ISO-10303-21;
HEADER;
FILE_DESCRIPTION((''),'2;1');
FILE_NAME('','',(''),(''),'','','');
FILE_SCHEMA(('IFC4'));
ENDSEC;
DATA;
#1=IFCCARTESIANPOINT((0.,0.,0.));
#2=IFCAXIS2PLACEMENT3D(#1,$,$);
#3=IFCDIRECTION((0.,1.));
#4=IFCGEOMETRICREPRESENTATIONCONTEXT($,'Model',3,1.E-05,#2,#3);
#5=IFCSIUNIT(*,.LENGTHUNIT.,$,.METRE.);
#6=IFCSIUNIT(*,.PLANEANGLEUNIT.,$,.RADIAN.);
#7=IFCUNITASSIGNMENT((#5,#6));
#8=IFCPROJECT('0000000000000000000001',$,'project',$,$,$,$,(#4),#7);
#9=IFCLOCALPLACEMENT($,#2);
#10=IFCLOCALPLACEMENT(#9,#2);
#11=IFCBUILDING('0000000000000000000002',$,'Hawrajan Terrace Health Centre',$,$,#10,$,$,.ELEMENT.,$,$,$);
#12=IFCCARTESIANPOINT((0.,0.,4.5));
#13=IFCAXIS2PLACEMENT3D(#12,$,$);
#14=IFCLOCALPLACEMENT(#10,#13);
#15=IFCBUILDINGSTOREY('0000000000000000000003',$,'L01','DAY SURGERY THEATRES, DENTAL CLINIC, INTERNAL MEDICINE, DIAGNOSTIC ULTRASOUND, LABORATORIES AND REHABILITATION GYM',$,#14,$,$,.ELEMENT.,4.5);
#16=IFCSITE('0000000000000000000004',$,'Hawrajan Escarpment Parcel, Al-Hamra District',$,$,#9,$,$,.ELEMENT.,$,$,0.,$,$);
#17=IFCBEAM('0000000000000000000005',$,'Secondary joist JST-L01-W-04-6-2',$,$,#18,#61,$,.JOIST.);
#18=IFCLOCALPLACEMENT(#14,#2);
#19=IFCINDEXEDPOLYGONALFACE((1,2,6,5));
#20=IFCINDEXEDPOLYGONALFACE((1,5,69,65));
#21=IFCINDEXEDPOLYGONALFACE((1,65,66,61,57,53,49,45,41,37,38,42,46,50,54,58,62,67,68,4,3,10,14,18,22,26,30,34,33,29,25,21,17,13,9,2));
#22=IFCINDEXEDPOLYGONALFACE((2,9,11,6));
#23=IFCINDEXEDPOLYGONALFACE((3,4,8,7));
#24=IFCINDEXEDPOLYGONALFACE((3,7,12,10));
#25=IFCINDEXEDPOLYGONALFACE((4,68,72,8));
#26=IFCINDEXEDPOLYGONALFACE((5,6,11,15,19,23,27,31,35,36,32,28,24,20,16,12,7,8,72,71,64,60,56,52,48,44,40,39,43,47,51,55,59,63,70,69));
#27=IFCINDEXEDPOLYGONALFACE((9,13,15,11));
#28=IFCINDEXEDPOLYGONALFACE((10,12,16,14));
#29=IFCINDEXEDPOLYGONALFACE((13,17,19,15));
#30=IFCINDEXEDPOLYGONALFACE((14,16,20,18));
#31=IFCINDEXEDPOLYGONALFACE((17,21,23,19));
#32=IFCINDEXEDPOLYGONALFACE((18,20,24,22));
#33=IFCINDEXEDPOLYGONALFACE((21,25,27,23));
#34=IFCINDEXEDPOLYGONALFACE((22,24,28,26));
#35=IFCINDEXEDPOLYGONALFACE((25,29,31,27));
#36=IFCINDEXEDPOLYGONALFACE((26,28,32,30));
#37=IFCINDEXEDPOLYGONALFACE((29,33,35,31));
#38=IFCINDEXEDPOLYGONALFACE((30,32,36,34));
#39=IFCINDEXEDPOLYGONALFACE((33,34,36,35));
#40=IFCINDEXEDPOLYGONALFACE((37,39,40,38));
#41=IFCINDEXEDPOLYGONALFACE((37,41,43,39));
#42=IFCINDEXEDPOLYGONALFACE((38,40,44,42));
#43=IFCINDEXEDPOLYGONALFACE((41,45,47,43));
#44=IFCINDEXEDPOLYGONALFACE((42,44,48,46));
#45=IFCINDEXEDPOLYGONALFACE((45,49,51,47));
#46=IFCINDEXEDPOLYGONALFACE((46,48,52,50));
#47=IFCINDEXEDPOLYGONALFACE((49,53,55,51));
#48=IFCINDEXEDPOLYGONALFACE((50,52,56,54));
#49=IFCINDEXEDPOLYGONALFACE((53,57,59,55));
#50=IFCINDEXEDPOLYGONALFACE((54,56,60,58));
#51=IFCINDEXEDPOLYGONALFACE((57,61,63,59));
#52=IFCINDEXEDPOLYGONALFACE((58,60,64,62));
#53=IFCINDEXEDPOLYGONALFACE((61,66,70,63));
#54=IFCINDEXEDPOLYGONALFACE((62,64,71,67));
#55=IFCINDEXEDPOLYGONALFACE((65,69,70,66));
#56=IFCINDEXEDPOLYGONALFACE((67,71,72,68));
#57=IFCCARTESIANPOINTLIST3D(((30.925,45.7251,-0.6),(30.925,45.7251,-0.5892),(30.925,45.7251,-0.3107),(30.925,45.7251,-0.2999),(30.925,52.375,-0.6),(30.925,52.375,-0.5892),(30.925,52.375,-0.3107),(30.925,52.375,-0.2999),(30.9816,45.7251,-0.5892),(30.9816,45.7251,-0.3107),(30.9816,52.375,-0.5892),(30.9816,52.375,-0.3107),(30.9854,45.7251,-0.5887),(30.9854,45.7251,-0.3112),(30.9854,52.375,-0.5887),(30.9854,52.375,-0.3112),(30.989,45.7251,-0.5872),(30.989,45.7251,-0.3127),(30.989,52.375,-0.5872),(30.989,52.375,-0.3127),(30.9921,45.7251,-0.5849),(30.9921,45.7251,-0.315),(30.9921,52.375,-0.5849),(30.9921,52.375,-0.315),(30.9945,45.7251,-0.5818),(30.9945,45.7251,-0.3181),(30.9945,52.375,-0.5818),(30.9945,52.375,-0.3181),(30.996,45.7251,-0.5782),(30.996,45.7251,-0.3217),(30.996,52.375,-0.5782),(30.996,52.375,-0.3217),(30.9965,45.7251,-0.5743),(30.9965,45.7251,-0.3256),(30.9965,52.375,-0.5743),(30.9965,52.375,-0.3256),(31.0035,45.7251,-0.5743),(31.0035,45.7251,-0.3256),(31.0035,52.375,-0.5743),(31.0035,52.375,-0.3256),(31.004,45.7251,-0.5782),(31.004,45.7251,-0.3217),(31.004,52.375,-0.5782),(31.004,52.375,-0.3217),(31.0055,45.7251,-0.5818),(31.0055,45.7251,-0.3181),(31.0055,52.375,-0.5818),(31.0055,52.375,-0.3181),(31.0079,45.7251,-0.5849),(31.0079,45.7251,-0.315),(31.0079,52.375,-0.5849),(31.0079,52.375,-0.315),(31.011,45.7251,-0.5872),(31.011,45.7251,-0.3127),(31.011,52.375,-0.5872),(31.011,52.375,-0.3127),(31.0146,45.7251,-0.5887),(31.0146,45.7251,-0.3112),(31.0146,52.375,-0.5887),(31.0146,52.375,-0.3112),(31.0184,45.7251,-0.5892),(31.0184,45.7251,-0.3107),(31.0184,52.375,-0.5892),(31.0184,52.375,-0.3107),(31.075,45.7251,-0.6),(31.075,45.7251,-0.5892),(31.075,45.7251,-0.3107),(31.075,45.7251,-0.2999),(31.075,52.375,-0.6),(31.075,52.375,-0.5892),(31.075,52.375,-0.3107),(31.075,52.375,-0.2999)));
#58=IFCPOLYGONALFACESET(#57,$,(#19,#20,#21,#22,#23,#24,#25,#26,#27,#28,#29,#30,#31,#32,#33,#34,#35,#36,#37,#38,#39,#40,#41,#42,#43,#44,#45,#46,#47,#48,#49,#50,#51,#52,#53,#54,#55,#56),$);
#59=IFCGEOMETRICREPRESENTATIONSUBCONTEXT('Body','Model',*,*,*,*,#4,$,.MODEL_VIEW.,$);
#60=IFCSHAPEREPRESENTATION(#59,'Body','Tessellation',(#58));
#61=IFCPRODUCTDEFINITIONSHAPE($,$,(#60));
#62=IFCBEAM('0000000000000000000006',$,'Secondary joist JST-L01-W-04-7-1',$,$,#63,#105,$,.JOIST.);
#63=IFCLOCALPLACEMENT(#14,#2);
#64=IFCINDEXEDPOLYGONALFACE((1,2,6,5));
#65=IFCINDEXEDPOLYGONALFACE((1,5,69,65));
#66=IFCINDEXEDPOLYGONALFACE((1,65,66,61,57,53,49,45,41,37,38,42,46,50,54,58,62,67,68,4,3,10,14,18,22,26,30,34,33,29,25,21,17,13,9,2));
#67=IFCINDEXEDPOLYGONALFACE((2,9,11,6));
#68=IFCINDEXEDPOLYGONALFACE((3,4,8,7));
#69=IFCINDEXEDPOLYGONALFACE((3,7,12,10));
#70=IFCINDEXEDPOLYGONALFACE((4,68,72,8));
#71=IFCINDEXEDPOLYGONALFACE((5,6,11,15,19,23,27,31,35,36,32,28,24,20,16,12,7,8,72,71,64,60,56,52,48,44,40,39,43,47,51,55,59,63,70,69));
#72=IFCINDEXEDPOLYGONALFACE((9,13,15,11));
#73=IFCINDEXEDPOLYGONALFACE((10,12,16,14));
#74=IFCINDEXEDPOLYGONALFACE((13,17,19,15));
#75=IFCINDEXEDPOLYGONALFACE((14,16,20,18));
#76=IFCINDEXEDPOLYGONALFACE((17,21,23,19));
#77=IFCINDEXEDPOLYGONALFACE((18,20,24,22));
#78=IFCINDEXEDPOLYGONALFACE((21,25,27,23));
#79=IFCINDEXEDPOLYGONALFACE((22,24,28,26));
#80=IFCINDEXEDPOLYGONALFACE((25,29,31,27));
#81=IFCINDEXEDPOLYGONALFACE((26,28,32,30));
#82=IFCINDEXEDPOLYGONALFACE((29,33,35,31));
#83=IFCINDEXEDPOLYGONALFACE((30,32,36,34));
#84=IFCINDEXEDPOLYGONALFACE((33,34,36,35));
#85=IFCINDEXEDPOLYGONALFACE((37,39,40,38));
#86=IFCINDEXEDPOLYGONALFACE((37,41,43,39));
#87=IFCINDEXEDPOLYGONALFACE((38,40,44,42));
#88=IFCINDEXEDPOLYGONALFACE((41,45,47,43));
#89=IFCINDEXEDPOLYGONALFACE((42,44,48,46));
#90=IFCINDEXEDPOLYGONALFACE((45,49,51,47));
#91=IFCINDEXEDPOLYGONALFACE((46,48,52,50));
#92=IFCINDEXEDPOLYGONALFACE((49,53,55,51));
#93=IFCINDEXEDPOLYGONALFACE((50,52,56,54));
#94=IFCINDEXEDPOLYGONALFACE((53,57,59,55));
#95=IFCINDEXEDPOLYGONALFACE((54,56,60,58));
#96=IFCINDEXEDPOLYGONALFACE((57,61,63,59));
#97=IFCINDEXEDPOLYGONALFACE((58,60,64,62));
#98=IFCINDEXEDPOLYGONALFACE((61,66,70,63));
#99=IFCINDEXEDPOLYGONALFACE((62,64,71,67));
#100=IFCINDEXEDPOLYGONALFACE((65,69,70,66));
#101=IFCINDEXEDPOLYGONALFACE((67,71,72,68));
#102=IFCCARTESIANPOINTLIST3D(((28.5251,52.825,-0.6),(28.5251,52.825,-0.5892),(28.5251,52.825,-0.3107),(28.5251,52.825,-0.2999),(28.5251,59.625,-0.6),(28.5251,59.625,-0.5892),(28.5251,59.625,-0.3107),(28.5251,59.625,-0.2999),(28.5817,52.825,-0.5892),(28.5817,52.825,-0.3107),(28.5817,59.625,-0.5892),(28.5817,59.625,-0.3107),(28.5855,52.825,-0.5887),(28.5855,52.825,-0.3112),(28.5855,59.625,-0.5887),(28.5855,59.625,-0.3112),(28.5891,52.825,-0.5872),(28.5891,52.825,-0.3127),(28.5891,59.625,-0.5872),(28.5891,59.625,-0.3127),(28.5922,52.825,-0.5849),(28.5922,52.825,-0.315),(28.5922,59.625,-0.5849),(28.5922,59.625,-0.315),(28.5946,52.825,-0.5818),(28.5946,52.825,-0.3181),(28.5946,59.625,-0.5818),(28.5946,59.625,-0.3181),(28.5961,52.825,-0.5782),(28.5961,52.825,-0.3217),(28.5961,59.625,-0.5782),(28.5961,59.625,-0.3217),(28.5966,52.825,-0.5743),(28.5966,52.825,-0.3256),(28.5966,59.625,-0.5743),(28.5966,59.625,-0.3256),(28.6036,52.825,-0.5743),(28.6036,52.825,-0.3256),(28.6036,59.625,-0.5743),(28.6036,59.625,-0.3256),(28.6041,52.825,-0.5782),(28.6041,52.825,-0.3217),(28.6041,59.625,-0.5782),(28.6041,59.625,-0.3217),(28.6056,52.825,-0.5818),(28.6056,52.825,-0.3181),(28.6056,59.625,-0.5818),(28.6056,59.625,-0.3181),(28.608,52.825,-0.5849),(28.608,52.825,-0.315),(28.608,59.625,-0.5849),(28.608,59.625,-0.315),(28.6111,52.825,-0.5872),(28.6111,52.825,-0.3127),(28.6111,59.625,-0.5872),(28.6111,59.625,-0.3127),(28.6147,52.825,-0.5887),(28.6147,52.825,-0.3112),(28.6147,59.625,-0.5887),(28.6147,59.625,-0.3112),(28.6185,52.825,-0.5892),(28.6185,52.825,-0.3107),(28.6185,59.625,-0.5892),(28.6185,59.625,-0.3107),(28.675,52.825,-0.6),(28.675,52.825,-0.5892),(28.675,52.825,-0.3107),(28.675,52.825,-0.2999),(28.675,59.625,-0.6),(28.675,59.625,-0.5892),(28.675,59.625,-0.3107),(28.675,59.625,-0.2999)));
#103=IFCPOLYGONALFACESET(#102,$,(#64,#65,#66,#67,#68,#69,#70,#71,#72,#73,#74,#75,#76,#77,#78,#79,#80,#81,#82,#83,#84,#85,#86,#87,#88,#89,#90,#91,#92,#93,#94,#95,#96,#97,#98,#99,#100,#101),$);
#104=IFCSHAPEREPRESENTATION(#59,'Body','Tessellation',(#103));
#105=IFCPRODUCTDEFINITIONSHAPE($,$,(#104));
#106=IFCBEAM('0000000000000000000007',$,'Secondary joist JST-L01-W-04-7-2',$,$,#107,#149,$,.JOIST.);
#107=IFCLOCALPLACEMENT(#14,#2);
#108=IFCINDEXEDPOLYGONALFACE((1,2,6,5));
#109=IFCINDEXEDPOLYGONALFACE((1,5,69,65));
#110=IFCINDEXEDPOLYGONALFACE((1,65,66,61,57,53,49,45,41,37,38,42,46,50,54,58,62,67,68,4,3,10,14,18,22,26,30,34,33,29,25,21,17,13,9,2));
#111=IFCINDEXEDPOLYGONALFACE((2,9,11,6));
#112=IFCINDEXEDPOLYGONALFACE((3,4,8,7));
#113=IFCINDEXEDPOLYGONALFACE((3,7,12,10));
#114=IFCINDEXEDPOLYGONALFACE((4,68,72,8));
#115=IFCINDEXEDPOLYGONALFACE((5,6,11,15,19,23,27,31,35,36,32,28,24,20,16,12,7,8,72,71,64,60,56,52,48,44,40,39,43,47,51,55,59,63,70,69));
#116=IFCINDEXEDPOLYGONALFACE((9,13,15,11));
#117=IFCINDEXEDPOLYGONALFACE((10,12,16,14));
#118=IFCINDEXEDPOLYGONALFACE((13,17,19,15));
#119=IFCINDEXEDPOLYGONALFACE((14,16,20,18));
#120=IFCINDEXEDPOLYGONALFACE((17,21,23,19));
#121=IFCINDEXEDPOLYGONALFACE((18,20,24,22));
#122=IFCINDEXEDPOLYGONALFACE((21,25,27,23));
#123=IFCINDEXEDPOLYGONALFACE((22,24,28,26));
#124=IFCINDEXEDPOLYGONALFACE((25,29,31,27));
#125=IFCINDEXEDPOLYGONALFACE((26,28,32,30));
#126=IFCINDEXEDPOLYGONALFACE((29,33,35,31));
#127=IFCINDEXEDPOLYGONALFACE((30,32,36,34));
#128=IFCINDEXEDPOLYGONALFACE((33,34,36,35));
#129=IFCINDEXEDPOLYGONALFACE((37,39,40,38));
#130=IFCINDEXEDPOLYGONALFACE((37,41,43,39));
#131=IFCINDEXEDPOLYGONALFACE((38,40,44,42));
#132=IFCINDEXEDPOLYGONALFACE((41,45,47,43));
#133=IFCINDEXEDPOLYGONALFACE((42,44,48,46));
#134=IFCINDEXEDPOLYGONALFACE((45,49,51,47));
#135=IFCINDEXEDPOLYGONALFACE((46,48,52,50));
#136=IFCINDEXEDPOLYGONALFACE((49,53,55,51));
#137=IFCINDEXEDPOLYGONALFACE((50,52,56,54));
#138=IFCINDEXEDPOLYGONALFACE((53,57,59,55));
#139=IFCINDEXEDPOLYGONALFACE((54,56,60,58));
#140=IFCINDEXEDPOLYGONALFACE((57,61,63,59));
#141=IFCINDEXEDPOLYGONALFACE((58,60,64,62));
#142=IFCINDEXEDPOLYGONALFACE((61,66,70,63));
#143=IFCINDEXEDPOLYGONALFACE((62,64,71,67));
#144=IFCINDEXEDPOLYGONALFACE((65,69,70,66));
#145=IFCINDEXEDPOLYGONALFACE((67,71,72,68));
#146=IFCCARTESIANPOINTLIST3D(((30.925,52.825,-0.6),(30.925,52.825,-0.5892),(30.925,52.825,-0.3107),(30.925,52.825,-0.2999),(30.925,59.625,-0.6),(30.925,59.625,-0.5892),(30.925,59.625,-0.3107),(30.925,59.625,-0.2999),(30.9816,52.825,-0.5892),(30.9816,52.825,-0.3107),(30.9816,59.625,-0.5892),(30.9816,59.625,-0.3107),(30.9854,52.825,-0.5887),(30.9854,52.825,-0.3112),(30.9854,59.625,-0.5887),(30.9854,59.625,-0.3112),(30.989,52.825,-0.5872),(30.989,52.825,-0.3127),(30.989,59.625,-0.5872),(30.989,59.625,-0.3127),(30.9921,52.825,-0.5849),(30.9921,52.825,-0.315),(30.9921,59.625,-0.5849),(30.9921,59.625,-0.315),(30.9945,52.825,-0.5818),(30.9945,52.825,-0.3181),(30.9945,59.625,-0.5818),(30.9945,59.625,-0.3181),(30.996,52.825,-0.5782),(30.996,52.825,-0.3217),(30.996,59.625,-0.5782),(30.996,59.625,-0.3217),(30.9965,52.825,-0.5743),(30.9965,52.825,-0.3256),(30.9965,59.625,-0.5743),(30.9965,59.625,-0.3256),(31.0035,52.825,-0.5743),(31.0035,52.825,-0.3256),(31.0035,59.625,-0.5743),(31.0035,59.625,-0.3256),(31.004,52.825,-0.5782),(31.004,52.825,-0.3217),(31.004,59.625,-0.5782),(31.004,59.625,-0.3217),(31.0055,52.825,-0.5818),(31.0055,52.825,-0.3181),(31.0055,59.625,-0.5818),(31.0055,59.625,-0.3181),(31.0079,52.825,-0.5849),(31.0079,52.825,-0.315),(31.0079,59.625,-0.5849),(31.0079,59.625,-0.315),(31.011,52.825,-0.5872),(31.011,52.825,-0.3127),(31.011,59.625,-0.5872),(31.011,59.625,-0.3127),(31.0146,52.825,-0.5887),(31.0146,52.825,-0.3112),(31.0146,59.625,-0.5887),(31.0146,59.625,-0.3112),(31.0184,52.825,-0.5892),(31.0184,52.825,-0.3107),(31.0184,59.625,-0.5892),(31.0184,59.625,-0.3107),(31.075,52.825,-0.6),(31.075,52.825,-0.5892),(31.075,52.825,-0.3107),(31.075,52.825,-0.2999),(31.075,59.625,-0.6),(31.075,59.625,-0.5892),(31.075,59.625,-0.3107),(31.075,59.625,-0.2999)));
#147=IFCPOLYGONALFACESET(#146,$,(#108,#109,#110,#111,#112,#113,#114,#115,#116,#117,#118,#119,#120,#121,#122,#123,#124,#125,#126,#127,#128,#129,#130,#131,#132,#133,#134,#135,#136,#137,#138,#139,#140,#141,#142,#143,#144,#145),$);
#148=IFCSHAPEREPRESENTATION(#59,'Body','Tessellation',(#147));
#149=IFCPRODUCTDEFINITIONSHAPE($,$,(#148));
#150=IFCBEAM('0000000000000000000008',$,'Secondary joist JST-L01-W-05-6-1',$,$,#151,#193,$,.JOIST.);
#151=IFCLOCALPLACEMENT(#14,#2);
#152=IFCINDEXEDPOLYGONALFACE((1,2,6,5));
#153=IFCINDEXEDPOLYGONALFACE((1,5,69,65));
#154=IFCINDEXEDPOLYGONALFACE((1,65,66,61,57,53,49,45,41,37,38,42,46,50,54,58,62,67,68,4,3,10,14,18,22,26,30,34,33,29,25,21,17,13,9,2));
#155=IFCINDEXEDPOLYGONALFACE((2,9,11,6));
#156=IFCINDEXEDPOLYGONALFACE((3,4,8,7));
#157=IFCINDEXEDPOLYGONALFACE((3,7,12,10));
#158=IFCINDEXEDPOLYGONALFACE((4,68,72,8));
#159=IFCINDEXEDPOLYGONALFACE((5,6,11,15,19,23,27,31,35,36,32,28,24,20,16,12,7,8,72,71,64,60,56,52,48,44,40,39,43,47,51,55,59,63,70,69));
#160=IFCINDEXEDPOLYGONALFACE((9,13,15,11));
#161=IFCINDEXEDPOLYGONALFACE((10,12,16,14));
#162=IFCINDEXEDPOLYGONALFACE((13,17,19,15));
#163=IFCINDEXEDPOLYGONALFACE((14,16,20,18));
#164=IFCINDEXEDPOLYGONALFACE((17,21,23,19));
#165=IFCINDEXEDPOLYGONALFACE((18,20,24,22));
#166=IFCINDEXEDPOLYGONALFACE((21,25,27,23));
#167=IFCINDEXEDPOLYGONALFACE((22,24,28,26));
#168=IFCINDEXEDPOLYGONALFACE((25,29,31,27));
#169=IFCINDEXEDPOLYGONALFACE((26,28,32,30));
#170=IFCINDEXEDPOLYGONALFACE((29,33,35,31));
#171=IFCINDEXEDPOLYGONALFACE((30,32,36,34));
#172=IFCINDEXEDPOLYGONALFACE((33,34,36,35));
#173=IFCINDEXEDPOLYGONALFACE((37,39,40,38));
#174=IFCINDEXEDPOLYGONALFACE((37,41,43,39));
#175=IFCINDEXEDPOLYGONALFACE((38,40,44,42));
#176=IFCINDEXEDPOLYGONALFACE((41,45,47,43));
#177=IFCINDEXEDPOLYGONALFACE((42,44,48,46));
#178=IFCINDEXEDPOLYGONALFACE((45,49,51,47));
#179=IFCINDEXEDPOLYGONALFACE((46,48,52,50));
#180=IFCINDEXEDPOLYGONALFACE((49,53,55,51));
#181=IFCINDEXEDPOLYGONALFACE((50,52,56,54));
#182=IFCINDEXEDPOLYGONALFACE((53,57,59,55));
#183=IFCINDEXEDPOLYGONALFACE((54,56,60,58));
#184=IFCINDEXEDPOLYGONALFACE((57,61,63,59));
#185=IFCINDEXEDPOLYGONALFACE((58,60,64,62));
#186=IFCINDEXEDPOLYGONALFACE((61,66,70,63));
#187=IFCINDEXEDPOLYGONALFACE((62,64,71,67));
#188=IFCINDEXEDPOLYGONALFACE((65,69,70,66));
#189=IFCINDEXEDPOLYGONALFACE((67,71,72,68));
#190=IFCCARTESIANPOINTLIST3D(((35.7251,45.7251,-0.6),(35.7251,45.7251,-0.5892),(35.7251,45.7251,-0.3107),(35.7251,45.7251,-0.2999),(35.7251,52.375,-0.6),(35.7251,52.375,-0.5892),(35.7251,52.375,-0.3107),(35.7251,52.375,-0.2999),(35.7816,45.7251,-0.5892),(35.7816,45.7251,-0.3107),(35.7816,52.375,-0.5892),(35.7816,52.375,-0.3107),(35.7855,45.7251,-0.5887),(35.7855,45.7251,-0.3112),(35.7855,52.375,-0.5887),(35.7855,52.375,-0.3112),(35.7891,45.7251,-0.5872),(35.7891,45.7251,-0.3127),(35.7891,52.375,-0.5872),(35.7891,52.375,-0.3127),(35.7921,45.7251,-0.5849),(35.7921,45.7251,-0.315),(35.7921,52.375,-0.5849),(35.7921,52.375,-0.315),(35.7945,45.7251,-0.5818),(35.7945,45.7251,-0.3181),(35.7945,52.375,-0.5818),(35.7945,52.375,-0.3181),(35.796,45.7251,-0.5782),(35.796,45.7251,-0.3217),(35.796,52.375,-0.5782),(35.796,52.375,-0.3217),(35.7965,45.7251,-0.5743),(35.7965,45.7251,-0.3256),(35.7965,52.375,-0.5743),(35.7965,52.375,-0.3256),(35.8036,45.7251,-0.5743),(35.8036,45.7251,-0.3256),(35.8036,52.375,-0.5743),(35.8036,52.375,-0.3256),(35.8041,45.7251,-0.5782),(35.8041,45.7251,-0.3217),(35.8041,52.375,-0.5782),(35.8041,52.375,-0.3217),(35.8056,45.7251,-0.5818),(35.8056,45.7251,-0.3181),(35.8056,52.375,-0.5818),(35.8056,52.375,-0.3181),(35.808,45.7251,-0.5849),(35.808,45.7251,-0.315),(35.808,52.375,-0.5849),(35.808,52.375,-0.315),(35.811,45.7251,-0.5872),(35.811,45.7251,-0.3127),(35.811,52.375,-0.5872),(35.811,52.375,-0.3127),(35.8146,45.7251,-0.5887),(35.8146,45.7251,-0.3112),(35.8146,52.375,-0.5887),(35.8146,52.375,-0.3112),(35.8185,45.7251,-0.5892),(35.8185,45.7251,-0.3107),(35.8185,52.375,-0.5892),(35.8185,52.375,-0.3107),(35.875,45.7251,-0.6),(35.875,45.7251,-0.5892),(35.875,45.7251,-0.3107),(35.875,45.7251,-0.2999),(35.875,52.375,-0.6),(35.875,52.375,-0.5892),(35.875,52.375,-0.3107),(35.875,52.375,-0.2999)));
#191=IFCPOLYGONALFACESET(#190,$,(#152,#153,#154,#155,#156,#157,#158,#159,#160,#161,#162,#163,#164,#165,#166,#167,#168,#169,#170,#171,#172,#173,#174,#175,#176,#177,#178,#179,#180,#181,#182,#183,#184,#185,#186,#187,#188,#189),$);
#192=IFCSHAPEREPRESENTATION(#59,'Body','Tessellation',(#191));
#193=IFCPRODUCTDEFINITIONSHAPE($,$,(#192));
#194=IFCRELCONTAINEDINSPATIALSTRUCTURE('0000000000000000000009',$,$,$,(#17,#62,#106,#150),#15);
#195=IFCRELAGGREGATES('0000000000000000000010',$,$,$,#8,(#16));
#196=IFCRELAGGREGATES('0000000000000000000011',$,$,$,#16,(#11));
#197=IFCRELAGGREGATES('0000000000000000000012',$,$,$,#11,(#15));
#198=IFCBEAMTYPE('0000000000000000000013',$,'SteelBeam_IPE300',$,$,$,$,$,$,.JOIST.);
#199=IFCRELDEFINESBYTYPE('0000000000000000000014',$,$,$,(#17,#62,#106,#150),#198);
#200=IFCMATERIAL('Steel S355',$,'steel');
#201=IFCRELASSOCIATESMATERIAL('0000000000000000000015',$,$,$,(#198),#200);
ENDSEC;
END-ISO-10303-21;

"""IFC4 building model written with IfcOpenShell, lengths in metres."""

from ifc_helpers import new_model, si_unit, direction, frame, origin, origin_2d, place, context, subcontext, project, spatial, i_section, extrude, material, material_profile, profile_set, type_object, element, save


model = new_model("IFC4")

# Units and contexts
model_context = context("Model", 3, precision=1e-05, world=origin(), true_north=direction((0.0, 1.0)))
body_context = subcontext(model_context, "Body", "Model", "MODEL_VIEW")
ifc_project = project(units=[si_unit("LENGTHUNIT", "METRE"), si_unit("PLANEANGLEUNIT", "RADIAN")], contexts=[model_context])

# Site, building, storey
site_placement = place(None, origin())
site = spatial("IfcSite", under=ifc_project, at=site_placement, Name="Hawrajan Escarpment Parcel, Al-Hamra District", CompositionType="ELEMENT", RefElevation=0.0)
building_placement = place(site_placement, origin())
building = spatial("IfcBuilding", under=site, at=building_placement, Name="Hawrajan Terrace Health Centre", CompositionType="ELEMENT")
storey_placement = place(building_placement, frame((0.0, 0.0, 4.5)))
storey = spatial("IfcBuildingStorey", under=building, at=storey_placement, Name="L01", Description="DAY SURGERY THEATRES, DENTAL CLINIC, INTERNAL MEDICINE, DIAGNOSTIC ULTRASOUND, LABORATORIES AND REHABILITATION GYM", CompositionType="ELEMENT", Elevation=4.5)

# Beams
ifc_material_1 = material(Name="Steel S355", Category="steel")
ifc_material_profile_1 = material_profile(ifc_material_1, i_section(OverallWidth=0.1499, OverallDepth=0.3, WebThickness=0.0071, FlangeThickness=0.0107, FilletRadius=0.0149, at=origin_2d()), Name="IPE 300")
ifc_profile_set_1 = profile_set([ifc_material_profile_1], Name="Steel S355")
beam_type_1 = type_object("IfcBeamType", Name="SteelBeam_IPE300", PredefinedType="JOIST", material=ifc_profile_set_1)
for number, where, z_axis, x_axis, name in (
    (1, (31.0, 45.7251, -0.45), (0.0, 1.0, 0.0), (-1.0, 0.0, 0.0), "Secondary joist JST-L01-W-04-6-2"),
):
    element("IfcBeam", number, at=place(storey_placement, frame(where, z_axis=z_axis, x_axis=x_axis)), inside=storey, type_object=beam_type_1, Name=name, PredefinedType="JOIST", context=body_context, shape_type="SweptSolid", body=[
        extrude(i_section(OverallWidth=0.1499, OverallDepth=0.3, WebThickness=0.0071, FlangeThickness=0.0107, FilletRadius=0.0149, at=origin_2d()), origin(), (0.0, 0.0, 1.0), 6.6499),
    ])
for number, where, z_axis, x_axis, name in (
    (2, (28.6001, 52.825, -0.45), (0.0, 1.0, 0.0), (-1.0, 0.0, 0.0), "Secondary joist JST-L01-W-04-7-1"),
    (3, (31.0, 52.825, -0.45), (0.0, 1.0, 0.0), (-1.0, 0.0, 0.0), "Secondary joist JST-L01-W-04-7-2"),
):
    element("IfcBeam", number, at=place(storey_placement, frame(where, z_axis=z_axis, x_axis=x_axis)), inside=storey, type_object=beam_type_1, Name=name, PredefinedType="JOIST", context=body_context, shape_type="SweptSolid", body=[
        extrude(i_section(OverallWidth=0.1499, OverallDepth=0.3, WebThickness=0.0071, FlangeThickness=0.0107, FilletRadius=0.0149, at=origin_2d()), origin(), (0.0, 0.0, 1.0), 6.8),
    ])
for number, where, z_axis, x_axis, name in (
    (4, (35.8, 45.7251, -0.45), (0.0, 1.0, 0.0), (-1.0, 0.0, 0.0), "Secondary joist JST-L01-W-05-6-1"),
):
    element("IfcBeam", number, at=place(storey_placement, frame(where, z_axis=z_axis, x_axis=x_axis)), inside=storey, type_object=beam_type_1, Name=name, PredefinedType="JOIST", context=body_context, shape_type="SweptSolid", body=[
        extrude(i_section(OverallWidth=0.1499, OverallDepth=0.3, WebThickness=0.0071, FlangeThickness=0.0107, FilletRadius=0.0149, at=origin_2d()), origin(), (0.0, 0.0, 1.0), 6.6499),
    ])

save(model, "model.ifc")
